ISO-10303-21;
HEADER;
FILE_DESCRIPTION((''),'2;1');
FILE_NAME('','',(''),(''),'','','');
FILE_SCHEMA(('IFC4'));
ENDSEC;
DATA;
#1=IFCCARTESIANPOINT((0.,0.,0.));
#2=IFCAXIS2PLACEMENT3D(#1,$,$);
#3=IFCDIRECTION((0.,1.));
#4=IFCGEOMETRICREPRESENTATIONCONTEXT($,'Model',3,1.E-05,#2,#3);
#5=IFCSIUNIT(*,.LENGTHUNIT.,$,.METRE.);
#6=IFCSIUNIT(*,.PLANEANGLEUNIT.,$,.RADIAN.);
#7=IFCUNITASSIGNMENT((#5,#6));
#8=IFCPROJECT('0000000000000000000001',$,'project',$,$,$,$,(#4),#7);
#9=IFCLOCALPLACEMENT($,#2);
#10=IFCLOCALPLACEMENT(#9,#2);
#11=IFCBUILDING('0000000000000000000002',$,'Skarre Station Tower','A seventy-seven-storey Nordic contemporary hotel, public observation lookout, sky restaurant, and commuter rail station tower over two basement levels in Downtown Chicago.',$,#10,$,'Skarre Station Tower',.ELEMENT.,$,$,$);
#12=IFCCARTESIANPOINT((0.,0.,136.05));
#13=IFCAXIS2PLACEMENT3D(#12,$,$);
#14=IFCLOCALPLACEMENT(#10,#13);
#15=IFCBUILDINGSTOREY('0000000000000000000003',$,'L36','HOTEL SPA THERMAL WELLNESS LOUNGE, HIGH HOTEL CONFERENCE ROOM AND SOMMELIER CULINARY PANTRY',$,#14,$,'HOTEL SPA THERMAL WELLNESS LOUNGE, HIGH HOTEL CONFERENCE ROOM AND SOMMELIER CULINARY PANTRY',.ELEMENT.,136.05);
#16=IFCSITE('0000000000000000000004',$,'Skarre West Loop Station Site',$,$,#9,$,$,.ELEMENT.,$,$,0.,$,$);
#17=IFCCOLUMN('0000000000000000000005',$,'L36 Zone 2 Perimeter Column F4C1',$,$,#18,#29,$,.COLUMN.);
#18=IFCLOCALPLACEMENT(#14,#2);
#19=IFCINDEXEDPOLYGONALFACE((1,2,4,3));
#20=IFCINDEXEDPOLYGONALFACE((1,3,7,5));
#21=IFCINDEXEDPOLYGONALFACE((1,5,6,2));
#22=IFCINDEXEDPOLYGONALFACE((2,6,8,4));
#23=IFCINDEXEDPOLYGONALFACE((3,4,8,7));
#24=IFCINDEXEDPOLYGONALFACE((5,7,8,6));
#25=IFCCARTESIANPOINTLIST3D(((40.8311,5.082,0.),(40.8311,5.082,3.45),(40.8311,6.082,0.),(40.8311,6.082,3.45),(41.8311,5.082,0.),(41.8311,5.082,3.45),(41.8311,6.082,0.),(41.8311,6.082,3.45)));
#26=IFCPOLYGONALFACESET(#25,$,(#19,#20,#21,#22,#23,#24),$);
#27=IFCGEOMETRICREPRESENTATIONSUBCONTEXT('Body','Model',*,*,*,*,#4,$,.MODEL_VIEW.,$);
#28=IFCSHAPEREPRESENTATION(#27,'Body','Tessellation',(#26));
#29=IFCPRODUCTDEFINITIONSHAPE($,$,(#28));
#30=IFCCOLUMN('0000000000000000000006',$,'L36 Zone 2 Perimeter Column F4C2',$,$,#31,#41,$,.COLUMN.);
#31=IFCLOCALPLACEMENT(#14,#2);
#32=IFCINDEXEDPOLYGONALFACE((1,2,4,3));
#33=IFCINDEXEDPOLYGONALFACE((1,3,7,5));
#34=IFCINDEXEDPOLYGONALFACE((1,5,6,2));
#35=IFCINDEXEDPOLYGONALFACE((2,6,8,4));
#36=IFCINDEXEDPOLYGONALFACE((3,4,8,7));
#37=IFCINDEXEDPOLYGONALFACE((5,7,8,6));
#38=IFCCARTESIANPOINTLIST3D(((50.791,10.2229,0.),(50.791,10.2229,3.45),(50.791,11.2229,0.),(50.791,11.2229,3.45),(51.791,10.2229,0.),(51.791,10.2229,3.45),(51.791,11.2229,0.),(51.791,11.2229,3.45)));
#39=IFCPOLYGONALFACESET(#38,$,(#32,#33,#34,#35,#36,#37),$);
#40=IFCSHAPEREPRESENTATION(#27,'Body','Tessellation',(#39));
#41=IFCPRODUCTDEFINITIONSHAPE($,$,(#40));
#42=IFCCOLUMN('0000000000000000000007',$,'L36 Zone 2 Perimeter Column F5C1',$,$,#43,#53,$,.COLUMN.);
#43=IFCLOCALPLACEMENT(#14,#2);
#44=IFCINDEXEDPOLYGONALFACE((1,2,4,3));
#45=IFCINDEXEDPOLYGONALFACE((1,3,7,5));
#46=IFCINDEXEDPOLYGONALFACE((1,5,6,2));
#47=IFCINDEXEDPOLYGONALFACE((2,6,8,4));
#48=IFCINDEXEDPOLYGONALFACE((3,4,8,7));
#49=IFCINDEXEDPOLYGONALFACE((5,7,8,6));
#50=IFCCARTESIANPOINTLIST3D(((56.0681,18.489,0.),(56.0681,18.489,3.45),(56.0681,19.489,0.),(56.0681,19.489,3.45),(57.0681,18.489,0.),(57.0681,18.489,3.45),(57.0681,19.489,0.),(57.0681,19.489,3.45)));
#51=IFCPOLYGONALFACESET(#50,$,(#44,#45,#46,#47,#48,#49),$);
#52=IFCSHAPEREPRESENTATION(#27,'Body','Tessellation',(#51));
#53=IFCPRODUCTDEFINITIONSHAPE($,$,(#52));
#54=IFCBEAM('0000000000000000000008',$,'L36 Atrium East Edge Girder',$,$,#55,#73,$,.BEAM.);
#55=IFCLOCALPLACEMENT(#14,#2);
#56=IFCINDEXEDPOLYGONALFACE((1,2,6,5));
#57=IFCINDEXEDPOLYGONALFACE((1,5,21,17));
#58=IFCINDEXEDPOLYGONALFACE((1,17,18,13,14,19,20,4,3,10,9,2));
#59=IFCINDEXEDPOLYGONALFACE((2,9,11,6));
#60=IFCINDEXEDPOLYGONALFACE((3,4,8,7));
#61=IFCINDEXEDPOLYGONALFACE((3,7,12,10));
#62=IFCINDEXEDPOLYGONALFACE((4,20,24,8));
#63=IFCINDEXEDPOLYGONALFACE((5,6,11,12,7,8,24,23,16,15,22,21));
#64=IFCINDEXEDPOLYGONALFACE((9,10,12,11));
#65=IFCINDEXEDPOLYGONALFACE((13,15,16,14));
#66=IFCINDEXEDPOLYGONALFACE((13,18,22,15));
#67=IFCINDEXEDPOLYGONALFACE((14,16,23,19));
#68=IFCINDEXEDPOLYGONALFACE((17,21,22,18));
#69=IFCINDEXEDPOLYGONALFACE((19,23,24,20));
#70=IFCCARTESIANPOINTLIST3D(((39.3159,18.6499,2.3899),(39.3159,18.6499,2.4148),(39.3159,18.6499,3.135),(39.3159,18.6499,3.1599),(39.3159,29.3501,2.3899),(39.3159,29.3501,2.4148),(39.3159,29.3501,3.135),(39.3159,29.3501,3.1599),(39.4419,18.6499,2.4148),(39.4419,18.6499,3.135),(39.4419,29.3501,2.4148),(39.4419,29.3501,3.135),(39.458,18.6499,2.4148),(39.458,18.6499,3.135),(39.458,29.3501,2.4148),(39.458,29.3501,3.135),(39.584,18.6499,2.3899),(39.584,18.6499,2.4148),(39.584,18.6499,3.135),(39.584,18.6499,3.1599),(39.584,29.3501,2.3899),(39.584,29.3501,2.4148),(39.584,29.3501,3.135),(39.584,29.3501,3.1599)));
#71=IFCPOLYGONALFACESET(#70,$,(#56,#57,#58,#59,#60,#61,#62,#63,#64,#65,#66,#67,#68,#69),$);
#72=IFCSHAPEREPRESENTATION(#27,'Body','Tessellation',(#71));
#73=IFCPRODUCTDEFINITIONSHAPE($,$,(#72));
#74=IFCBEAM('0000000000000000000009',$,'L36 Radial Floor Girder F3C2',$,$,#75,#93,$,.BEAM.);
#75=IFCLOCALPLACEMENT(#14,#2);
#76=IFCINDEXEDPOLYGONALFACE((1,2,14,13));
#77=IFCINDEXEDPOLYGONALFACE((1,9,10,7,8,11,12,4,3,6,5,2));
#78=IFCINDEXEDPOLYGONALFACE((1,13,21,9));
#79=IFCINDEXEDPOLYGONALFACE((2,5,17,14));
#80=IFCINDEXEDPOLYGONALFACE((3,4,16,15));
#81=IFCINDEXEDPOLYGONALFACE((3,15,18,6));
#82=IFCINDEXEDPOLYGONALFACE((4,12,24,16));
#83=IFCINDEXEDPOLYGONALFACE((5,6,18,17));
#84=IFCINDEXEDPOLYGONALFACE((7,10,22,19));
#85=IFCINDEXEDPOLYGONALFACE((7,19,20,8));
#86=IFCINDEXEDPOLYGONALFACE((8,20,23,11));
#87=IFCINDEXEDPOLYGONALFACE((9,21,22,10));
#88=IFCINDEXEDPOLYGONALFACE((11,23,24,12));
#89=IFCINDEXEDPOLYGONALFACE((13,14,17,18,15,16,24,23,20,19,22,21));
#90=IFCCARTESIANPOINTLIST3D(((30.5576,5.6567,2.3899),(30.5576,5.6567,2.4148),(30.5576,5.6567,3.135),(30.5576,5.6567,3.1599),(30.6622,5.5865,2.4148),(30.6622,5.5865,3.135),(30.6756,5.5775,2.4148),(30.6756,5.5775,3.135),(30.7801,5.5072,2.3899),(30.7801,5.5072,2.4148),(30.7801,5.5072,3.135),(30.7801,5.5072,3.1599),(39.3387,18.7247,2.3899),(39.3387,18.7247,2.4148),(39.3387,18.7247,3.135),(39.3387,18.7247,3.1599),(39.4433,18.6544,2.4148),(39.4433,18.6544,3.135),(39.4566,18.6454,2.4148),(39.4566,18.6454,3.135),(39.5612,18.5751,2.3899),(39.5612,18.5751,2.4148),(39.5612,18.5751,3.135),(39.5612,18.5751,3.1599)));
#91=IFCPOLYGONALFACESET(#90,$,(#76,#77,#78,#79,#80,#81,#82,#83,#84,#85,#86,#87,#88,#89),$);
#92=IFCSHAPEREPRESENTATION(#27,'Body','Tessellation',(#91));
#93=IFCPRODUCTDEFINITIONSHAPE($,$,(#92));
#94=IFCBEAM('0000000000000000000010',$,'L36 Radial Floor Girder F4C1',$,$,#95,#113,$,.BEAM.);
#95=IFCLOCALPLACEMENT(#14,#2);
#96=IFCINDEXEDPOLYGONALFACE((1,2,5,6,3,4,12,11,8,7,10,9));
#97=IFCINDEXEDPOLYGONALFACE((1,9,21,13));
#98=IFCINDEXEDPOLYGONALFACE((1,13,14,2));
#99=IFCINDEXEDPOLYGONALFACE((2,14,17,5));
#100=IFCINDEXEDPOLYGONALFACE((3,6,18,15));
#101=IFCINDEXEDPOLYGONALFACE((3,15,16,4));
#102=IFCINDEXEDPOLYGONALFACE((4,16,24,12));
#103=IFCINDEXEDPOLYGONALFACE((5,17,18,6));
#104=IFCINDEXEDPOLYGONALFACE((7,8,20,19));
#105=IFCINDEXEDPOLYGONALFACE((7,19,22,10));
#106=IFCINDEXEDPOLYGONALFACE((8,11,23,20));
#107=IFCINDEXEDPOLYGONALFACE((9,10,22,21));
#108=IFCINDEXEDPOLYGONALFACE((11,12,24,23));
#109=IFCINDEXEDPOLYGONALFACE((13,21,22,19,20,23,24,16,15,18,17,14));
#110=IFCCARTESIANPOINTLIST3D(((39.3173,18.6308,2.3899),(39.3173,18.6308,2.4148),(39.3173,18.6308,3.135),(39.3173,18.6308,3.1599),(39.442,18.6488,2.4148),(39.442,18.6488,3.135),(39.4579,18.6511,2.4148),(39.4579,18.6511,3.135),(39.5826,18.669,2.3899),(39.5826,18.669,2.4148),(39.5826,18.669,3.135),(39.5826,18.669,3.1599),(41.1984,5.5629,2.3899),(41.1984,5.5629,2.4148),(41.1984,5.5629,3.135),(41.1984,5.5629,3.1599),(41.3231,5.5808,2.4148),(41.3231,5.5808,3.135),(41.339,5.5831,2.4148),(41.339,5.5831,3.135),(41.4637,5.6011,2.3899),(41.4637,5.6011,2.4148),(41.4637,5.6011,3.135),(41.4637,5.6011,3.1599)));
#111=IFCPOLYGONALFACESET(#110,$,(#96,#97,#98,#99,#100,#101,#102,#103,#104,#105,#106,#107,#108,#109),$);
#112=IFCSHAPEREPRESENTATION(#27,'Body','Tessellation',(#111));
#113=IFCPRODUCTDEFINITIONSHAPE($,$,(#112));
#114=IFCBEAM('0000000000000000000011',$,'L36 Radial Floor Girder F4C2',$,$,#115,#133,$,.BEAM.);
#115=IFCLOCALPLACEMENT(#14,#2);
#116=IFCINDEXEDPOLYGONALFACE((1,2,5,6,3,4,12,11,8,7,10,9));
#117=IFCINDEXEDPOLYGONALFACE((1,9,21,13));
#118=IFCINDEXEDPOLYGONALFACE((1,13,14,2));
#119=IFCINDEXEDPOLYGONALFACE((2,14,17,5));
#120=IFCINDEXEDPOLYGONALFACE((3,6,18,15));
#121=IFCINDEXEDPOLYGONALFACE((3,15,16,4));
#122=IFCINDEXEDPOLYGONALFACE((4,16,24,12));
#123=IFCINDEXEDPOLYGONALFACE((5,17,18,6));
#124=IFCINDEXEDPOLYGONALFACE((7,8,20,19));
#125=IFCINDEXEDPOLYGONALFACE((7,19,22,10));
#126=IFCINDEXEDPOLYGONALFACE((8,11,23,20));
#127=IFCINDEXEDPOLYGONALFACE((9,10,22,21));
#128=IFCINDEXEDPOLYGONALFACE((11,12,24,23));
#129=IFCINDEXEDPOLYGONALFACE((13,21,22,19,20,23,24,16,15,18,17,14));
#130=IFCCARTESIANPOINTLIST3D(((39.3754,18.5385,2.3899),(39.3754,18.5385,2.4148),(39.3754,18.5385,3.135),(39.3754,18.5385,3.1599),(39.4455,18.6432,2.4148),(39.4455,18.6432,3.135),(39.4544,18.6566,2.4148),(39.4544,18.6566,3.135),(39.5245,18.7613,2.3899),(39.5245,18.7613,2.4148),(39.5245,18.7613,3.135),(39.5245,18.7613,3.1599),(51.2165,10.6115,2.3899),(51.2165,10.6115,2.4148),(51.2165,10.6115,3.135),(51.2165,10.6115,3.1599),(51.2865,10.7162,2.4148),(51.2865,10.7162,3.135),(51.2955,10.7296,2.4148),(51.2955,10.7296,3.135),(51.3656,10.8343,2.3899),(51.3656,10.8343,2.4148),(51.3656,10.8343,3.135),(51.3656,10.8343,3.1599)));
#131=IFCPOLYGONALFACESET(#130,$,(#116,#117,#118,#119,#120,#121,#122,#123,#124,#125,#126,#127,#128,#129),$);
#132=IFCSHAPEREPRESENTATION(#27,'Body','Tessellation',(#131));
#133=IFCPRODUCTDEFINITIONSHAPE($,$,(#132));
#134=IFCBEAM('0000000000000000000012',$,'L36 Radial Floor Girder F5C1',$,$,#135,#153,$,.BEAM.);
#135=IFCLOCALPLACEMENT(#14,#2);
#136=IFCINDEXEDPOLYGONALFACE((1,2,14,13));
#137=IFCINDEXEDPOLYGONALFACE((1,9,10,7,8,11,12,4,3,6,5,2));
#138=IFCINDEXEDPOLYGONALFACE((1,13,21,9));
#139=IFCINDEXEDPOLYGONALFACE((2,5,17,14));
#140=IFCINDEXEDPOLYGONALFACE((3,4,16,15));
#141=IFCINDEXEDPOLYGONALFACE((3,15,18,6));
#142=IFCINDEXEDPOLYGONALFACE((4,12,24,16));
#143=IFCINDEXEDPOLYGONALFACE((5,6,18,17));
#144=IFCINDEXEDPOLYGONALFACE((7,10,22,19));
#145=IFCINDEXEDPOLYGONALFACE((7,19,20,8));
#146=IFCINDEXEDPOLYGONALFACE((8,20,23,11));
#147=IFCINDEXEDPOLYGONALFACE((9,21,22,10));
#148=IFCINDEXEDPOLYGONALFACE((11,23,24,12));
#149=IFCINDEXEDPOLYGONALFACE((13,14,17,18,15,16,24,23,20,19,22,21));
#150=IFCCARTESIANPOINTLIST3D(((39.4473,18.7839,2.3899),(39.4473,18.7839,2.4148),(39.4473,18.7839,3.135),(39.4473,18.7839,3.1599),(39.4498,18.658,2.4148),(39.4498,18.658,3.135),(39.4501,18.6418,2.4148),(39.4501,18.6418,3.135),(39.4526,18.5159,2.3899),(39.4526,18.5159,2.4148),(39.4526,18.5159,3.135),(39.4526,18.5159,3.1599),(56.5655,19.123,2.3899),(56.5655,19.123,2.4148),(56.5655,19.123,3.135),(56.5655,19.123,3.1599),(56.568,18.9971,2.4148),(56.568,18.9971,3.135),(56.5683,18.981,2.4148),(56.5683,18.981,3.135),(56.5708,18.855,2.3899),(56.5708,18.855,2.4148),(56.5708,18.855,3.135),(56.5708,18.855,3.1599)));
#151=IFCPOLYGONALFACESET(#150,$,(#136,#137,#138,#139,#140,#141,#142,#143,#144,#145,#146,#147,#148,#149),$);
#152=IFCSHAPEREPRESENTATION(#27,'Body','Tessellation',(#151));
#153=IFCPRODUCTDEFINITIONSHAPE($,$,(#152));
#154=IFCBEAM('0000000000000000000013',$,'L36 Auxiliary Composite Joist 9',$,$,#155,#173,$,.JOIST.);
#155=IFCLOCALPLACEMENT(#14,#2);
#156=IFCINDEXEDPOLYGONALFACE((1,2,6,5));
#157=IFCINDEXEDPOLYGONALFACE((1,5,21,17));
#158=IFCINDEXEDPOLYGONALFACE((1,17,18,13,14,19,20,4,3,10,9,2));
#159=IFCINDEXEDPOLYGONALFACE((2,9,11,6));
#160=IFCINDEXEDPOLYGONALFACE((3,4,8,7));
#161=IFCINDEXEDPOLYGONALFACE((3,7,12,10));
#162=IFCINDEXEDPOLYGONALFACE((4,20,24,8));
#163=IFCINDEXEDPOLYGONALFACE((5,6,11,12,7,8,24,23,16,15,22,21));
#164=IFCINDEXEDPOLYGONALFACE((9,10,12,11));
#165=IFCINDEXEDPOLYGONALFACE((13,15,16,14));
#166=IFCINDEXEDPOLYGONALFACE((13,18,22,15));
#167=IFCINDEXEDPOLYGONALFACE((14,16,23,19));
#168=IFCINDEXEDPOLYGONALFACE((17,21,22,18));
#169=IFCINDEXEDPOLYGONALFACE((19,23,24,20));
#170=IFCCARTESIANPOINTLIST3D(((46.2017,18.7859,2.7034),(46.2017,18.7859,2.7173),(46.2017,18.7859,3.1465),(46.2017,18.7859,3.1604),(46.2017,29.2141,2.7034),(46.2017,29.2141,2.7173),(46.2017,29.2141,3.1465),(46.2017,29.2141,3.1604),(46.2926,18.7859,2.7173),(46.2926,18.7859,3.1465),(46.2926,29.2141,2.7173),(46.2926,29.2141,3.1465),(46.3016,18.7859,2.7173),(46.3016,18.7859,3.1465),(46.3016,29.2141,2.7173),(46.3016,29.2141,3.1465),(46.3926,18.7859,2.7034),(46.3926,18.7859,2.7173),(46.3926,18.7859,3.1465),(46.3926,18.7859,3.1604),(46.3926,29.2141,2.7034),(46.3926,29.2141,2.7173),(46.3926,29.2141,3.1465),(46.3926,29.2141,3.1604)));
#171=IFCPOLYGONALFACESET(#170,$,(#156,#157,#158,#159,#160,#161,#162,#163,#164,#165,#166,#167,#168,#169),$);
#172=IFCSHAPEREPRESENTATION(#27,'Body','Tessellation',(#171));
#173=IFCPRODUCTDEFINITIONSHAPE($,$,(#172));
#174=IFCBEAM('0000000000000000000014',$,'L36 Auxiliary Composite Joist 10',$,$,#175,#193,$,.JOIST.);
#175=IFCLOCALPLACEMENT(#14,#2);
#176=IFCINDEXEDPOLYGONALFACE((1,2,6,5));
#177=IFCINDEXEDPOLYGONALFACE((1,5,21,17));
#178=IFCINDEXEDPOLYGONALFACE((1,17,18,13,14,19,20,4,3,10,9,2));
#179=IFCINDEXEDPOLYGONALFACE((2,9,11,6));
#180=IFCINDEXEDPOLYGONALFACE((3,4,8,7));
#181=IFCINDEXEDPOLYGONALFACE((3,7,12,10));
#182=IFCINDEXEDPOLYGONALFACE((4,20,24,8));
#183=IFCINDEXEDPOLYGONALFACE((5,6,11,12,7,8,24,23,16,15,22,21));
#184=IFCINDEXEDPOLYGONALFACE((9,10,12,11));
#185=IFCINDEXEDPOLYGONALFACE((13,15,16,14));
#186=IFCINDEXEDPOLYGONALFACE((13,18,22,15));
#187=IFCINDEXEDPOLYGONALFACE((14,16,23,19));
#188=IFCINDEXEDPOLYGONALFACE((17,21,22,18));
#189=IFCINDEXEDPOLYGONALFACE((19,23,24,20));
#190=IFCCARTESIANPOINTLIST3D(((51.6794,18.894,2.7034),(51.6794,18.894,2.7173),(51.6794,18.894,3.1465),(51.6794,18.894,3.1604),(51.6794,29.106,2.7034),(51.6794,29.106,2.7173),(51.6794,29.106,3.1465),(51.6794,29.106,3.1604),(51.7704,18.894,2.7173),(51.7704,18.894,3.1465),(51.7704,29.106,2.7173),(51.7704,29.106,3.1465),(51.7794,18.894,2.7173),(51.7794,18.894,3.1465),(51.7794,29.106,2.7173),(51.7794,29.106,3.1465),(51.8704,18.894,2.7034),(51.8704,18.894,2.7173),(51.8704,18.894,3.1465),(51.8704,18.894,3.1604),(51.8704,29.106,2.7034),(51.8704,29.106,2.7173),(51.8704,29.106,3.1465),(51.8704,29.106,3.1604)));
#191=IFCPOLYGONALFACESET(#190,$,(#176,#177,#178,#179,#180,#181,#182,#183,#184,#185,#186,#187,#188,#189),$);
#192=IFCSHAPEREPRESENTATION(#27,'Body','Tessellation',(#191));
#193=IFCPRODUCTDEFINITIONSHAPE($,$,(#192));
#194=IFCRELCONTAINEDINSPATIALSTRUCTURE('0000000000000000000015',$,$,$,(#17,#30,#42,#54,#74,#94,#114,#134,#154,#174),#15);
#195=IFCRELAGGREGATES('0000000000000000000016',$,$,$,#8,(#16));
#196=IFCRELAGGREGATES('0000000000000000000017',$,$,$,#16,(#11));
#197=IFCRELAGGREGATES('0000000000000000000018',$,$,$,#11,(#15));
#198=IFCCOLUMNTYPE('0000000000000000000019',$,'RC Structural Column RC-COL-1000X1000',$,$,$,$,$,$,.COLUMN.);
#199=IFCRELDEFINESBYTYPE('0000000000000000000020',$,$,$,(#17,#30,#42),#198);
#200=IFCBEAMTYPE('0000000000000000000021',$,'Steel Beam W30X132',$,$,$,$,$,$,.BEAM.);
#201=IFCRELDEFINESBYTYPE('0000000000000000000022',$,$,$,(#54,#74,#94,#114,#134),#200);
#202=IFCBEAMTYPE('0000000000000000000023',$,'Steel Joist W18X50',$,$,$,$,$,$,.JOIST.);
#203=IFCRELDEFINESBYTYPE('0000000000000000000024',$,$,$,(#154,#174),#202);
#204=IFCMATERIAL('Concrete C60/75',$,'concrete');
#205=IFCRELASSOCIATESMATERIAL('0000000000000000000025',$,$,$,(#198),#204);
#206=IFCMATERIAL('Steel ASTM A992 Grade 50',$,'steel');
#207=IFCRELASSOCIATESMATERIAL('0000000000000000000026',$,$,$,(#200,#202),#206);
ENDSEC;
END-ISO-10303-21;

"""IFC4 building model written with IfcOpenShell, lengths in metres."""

from ifc_helpers import new_model, si_unit, direction, frame, origin, origin_2d, place, context, subcontext, project, spatial, rectangle, i_section, extrude, material, material_profile, profile_set, type_object, element, save


model = new_model("IFC4")

# Units and contexts
model_context = context("Model", 3, precision=1e-05, world=origin(), true_north=direction((0.0, 1.0)))
body_context = subcontext(model_context, "Body", "Model", "MODEL_VIEW")
ifc_project = project(units=[si_unit("LENGTHUNIT", "METRE"), si_unit("PLANEANGLEUNIT", "RADIAN")], contexts=[model_context])

# Site, building, storey
site_placement = place(None, origin())
site = spatial("IfcSite", under=ifc_project, at=site_placement, Name="Skarre West Loop Station Site", CompositionType="ELEMENT", RefElevation=0.0)
building_placement = place(site_placement, origin())
building = spatial("IfcBuilding", under=site, at=building_placement, Name="Skarre Station Tower", Description="A seventy-seven-storey Nordic contemporary hotel, public observation lookout, sky restaurant, and commuter rail station tower over two basement levels in Downtown Chicago.", LongName="Skarre Station Tower", CompositionType="ELEMENT")
storey_placement = place(building_placement, frame((0.0, 0.0, 136.05)))
storey = spatial("IfcBuildingStorey", under=building, at=storey_placement, Name="L36", Description="HOTEL SPA THERMAL WELLNESS LOUNGE, HIGH HOTEL CONFERENCE ROOM AND SOMMELIER CULINARY PANTRY", LongName="HOTEL SPA THERMAL WELLNESS LOUNGE, HIGH HOTEL CONFERENCE ROOM AND SOMMELIER CULINARY PANTRY", CompositionType="ELEMENT", Elevation=136.05)

# Columns
ifc_material_1 = material(Name="Concrete C60/75", Category="concrete")
ifc_material_profile_1 = material_profile(ifc_material_1, rectangle(XDim=1.0, YDim=1.0, at=origin_2d()), Name="Concrete C60/75")
ifc_profile_set_1 = profile_set([ifc_material_profile_1], Name="Concrete C60/75")
column_type = type_object("IfcColumnType", Name="RC Structural Column RC-COL-1000X1000", PredefinedType="COLUMN", material=ifc_profile_set_1)
for number, where, z_axis, x_axis, name in (
    (1, (41.3311, 5.582, 0.0), (0.0, 0.0, 1.0), (1.0, 0.0, 0.0), "L36 Zone 2 Perimeter Column F4C1"),
    (2, (51.291, 10.7229, 0.0), (0.0, 0.0, 1.0), (1.0, 0.0, 0.0), "L36 Zone 2 Perimeter Column F4C2"),
    (3, (56.5681, 18.989, 0.0), (0.0, 0.0, 1.0), (1.0, 0.0, 0.0), "L36 Zone 2 Perimeter Column F5C1"),
):
    element("IfcColumn", number, at=place(storey_placement, frame(where, z_axis=z_axis, x_axis=x_axis)), inside=storey, type_object=column_type, Name=name, PredefinedType="COLUMN", context=body_context, shape_type="SweptSolid", body=[
        extrude(rectangle(XDim=1.0, YDim=1.0, at=origin_2d()), origin(), (0.0, 0.0, 1.0), 3.45),
    ])

# Beams
ifc_material_2 = material(Name="Steel ASTM A992 Grade 50", Category="steel")
ifc_material_profile_2 = material_profile(ifc_material_2, i_section(OverallWidth=0.2681, OverallDepth=0.77, WebThickness=0.0161, FlangeThickness=0.0249, at=origin_2d()), Name="Steel ASTM A992 Grade 50")
ifc_profile_set_2 = profile_set([ifc_material_profile_2], Name="Steel ASTM A992 Grade 50")
beam_type_1 = type_object("IfcBeamType", Name="Steel Beam W30X132", PredefinedType="BEAM", material=ifc_profile_set_2)
beam_1_placement = place(storey_placement, frame((39.45, 18.6499, 2.7749), z_axis=(0.0, 1.0, 0.0), x_axis=(-1.0, 0.0, 0.0)))
element("IfcBeam", 4, at=beam_1_placement, inside=storey, type_object=beam_type_1, Name="L36 Atrium East Edge Girder", PredefinedType="BEAM", context=body_context, shape_type="SweptSolid", body=[
    extrude(i_section(OverallWidth=0.2681, OverallDepth=0.77, WebThickness=0.0161, FlangeThickness=0.0249, at=origin_2d()), origin(), (0.0, 0.0, 1.0), 10.7002),
])
beam_2_placement = place(storey_placement, frame((39.45, 18.6499, 2.7749), z_axis=(-0.557735, -0.830019, 0.0), x_axis=(0.830019, -0.557735, 0.0)))
element("IfcBeam", 5, at=beam_2_placement, inside=storey, type_object=beam_type_1, Name="L36 Radial Floor Girder F3C2", PredefinedType="BEAM", context=body_context, shape_type="SweptSolid", body=[
    extrude(i_section(OverallWidth=0.2681, OverallDepth=0.77, WebThickness=0.0161, FlangeThickness=0.0249, at=origin_2d()), origin(), (0.0, 0.0, 1.0), 15.7441),
])
beam_3_placement = place(storey_placement, frame((39.45, 18.6499, 2.7749), z_axis=(0.14248, -0.989798, 0.0), x_axis=(0.989798, 0.14248, 0.0)))
element("IfcBeam", 6, at=beam_3_placement, inside=storey, type_object=beam_type_1, Name="L36 Radial Floor Girder F4C1", PredefinedType="BEAM", context=body_context, shape_type="SweptSolid", body=[
    extrude(i_section(OverallWidth=0.2681, OverallDepth=0.77, WebThickness=0.0161, FlangeThickness=0.0249, at=origin_2d()), origin(), (0.0, 0.0, 1.0), 13.2026),
])
beam_4_placement = place(storey_placement, frame((39.45, 18.6499, 2.7749), z_axis=(0.830981, -0.5563, 0.0), x_axis=(0.5563, 0.830981, 0.0)))
element("IfcBeam", 7, at=beam_4_placement, inside=storey, type_object=beam_type_1, Name="L36 Radial Floor Girder F4C2", PredefinedType="BEAM", context=body_context, shape_type="SweptSolid", body=[
    extrude(i_section(OverallWidth=0.2681, OverallDepth=0.77, WebThickness=0.0161, FlangeThickness=0.0249, at=origin_2d()), origin(), (0.0, 0.0, 1.0), 14.2495),
])
beam_5_placement = place(storey_placement, frame((39.45, 18.6499, 2.7749), z_axis=(0.999804, 0.019806, 0.0), x_axis=(-0.019806, 0.999804, 0.0)))
element("IfcBeam", 8, at=beam_5_placement, inside=storey, type_object=beam_type_1, Name="L36 Radial Floor Girder F5C1", PredefinedType="BEAM", context=body_context, shape_type="SweptSolid", body=[
    extrude(i_section(OverallWidth=0.2681, OverallDepth=0.77, WebThickness=0.0161, FlangeThickness=0.0249, at=origin_2d()), origin(), (0.0, 0.0, 1.0), 17.1216),
])
ifc_material_profile_3 = material_profile(ifc_material_2, i_section(OverallWidth=0.1909, OverallDepth=0.457, WebThickness=0.009, FlangeThickness=0.0139, at=origin_2d()), Name="Steel ASTM A992 Grade 50")
ifc_profile_set_3 = profile_set([ifc_material_profile_3], Name="Steel ASTM A992 Grade 50")
beam_type_2 = type_object("IfcBeamType", Name="Steel Joist W18X50", PredefinedType="JOIST", material=ifc_profile_set_3)
beam_6_placement = place(storey_placement, frame((46.2971, 18.7859, 2.9319), z_axis=(0.0, 1.0, 0.0), x_axis=(-1.0, 0.0, 0.0)))
element("IfcBeam", 9, at=beam_6_placement, inside=storey, type_object=beam_type_2, Name="L36 Auxiliary Composite Joist 9", PredefinedType="JOIST", context=body_context, shape_type="SweptSolid", body=[
    extrude(i_section(OverallWidth=0.1909, OverallDepth=0.457, WebThickness=0.009, FlangeThickness=0.0139, at=origin_2d()), origin(), (0.0, 0.0, 1.0), 10.4282),
])
beam_7_placement = place(storey_placement, frame((51.7749, 18.894, 2.9319), z_axis=(0.0, 1.0, 0.0), x_axis=(-1.0, 0.0, 0.0)))
element("IfcBeam", 10, at=beam_7_placement, inside=storey, type_object=beam_type_2, Name="L36 Auxiliary Composite Joist 10", PredefinedType="JOIST", context=body_context, shape_type="SweptSolid", body=[
    extrude(i_section(OverallWidth=0.1909, OverallDepth=0.457, WebThickness=0.009, FlangeThickness=0.0139, at=origin_2d()), origin(), (0.0, 0.0, 1.0), 10.2119),
])

save(model, "model.ifc")
